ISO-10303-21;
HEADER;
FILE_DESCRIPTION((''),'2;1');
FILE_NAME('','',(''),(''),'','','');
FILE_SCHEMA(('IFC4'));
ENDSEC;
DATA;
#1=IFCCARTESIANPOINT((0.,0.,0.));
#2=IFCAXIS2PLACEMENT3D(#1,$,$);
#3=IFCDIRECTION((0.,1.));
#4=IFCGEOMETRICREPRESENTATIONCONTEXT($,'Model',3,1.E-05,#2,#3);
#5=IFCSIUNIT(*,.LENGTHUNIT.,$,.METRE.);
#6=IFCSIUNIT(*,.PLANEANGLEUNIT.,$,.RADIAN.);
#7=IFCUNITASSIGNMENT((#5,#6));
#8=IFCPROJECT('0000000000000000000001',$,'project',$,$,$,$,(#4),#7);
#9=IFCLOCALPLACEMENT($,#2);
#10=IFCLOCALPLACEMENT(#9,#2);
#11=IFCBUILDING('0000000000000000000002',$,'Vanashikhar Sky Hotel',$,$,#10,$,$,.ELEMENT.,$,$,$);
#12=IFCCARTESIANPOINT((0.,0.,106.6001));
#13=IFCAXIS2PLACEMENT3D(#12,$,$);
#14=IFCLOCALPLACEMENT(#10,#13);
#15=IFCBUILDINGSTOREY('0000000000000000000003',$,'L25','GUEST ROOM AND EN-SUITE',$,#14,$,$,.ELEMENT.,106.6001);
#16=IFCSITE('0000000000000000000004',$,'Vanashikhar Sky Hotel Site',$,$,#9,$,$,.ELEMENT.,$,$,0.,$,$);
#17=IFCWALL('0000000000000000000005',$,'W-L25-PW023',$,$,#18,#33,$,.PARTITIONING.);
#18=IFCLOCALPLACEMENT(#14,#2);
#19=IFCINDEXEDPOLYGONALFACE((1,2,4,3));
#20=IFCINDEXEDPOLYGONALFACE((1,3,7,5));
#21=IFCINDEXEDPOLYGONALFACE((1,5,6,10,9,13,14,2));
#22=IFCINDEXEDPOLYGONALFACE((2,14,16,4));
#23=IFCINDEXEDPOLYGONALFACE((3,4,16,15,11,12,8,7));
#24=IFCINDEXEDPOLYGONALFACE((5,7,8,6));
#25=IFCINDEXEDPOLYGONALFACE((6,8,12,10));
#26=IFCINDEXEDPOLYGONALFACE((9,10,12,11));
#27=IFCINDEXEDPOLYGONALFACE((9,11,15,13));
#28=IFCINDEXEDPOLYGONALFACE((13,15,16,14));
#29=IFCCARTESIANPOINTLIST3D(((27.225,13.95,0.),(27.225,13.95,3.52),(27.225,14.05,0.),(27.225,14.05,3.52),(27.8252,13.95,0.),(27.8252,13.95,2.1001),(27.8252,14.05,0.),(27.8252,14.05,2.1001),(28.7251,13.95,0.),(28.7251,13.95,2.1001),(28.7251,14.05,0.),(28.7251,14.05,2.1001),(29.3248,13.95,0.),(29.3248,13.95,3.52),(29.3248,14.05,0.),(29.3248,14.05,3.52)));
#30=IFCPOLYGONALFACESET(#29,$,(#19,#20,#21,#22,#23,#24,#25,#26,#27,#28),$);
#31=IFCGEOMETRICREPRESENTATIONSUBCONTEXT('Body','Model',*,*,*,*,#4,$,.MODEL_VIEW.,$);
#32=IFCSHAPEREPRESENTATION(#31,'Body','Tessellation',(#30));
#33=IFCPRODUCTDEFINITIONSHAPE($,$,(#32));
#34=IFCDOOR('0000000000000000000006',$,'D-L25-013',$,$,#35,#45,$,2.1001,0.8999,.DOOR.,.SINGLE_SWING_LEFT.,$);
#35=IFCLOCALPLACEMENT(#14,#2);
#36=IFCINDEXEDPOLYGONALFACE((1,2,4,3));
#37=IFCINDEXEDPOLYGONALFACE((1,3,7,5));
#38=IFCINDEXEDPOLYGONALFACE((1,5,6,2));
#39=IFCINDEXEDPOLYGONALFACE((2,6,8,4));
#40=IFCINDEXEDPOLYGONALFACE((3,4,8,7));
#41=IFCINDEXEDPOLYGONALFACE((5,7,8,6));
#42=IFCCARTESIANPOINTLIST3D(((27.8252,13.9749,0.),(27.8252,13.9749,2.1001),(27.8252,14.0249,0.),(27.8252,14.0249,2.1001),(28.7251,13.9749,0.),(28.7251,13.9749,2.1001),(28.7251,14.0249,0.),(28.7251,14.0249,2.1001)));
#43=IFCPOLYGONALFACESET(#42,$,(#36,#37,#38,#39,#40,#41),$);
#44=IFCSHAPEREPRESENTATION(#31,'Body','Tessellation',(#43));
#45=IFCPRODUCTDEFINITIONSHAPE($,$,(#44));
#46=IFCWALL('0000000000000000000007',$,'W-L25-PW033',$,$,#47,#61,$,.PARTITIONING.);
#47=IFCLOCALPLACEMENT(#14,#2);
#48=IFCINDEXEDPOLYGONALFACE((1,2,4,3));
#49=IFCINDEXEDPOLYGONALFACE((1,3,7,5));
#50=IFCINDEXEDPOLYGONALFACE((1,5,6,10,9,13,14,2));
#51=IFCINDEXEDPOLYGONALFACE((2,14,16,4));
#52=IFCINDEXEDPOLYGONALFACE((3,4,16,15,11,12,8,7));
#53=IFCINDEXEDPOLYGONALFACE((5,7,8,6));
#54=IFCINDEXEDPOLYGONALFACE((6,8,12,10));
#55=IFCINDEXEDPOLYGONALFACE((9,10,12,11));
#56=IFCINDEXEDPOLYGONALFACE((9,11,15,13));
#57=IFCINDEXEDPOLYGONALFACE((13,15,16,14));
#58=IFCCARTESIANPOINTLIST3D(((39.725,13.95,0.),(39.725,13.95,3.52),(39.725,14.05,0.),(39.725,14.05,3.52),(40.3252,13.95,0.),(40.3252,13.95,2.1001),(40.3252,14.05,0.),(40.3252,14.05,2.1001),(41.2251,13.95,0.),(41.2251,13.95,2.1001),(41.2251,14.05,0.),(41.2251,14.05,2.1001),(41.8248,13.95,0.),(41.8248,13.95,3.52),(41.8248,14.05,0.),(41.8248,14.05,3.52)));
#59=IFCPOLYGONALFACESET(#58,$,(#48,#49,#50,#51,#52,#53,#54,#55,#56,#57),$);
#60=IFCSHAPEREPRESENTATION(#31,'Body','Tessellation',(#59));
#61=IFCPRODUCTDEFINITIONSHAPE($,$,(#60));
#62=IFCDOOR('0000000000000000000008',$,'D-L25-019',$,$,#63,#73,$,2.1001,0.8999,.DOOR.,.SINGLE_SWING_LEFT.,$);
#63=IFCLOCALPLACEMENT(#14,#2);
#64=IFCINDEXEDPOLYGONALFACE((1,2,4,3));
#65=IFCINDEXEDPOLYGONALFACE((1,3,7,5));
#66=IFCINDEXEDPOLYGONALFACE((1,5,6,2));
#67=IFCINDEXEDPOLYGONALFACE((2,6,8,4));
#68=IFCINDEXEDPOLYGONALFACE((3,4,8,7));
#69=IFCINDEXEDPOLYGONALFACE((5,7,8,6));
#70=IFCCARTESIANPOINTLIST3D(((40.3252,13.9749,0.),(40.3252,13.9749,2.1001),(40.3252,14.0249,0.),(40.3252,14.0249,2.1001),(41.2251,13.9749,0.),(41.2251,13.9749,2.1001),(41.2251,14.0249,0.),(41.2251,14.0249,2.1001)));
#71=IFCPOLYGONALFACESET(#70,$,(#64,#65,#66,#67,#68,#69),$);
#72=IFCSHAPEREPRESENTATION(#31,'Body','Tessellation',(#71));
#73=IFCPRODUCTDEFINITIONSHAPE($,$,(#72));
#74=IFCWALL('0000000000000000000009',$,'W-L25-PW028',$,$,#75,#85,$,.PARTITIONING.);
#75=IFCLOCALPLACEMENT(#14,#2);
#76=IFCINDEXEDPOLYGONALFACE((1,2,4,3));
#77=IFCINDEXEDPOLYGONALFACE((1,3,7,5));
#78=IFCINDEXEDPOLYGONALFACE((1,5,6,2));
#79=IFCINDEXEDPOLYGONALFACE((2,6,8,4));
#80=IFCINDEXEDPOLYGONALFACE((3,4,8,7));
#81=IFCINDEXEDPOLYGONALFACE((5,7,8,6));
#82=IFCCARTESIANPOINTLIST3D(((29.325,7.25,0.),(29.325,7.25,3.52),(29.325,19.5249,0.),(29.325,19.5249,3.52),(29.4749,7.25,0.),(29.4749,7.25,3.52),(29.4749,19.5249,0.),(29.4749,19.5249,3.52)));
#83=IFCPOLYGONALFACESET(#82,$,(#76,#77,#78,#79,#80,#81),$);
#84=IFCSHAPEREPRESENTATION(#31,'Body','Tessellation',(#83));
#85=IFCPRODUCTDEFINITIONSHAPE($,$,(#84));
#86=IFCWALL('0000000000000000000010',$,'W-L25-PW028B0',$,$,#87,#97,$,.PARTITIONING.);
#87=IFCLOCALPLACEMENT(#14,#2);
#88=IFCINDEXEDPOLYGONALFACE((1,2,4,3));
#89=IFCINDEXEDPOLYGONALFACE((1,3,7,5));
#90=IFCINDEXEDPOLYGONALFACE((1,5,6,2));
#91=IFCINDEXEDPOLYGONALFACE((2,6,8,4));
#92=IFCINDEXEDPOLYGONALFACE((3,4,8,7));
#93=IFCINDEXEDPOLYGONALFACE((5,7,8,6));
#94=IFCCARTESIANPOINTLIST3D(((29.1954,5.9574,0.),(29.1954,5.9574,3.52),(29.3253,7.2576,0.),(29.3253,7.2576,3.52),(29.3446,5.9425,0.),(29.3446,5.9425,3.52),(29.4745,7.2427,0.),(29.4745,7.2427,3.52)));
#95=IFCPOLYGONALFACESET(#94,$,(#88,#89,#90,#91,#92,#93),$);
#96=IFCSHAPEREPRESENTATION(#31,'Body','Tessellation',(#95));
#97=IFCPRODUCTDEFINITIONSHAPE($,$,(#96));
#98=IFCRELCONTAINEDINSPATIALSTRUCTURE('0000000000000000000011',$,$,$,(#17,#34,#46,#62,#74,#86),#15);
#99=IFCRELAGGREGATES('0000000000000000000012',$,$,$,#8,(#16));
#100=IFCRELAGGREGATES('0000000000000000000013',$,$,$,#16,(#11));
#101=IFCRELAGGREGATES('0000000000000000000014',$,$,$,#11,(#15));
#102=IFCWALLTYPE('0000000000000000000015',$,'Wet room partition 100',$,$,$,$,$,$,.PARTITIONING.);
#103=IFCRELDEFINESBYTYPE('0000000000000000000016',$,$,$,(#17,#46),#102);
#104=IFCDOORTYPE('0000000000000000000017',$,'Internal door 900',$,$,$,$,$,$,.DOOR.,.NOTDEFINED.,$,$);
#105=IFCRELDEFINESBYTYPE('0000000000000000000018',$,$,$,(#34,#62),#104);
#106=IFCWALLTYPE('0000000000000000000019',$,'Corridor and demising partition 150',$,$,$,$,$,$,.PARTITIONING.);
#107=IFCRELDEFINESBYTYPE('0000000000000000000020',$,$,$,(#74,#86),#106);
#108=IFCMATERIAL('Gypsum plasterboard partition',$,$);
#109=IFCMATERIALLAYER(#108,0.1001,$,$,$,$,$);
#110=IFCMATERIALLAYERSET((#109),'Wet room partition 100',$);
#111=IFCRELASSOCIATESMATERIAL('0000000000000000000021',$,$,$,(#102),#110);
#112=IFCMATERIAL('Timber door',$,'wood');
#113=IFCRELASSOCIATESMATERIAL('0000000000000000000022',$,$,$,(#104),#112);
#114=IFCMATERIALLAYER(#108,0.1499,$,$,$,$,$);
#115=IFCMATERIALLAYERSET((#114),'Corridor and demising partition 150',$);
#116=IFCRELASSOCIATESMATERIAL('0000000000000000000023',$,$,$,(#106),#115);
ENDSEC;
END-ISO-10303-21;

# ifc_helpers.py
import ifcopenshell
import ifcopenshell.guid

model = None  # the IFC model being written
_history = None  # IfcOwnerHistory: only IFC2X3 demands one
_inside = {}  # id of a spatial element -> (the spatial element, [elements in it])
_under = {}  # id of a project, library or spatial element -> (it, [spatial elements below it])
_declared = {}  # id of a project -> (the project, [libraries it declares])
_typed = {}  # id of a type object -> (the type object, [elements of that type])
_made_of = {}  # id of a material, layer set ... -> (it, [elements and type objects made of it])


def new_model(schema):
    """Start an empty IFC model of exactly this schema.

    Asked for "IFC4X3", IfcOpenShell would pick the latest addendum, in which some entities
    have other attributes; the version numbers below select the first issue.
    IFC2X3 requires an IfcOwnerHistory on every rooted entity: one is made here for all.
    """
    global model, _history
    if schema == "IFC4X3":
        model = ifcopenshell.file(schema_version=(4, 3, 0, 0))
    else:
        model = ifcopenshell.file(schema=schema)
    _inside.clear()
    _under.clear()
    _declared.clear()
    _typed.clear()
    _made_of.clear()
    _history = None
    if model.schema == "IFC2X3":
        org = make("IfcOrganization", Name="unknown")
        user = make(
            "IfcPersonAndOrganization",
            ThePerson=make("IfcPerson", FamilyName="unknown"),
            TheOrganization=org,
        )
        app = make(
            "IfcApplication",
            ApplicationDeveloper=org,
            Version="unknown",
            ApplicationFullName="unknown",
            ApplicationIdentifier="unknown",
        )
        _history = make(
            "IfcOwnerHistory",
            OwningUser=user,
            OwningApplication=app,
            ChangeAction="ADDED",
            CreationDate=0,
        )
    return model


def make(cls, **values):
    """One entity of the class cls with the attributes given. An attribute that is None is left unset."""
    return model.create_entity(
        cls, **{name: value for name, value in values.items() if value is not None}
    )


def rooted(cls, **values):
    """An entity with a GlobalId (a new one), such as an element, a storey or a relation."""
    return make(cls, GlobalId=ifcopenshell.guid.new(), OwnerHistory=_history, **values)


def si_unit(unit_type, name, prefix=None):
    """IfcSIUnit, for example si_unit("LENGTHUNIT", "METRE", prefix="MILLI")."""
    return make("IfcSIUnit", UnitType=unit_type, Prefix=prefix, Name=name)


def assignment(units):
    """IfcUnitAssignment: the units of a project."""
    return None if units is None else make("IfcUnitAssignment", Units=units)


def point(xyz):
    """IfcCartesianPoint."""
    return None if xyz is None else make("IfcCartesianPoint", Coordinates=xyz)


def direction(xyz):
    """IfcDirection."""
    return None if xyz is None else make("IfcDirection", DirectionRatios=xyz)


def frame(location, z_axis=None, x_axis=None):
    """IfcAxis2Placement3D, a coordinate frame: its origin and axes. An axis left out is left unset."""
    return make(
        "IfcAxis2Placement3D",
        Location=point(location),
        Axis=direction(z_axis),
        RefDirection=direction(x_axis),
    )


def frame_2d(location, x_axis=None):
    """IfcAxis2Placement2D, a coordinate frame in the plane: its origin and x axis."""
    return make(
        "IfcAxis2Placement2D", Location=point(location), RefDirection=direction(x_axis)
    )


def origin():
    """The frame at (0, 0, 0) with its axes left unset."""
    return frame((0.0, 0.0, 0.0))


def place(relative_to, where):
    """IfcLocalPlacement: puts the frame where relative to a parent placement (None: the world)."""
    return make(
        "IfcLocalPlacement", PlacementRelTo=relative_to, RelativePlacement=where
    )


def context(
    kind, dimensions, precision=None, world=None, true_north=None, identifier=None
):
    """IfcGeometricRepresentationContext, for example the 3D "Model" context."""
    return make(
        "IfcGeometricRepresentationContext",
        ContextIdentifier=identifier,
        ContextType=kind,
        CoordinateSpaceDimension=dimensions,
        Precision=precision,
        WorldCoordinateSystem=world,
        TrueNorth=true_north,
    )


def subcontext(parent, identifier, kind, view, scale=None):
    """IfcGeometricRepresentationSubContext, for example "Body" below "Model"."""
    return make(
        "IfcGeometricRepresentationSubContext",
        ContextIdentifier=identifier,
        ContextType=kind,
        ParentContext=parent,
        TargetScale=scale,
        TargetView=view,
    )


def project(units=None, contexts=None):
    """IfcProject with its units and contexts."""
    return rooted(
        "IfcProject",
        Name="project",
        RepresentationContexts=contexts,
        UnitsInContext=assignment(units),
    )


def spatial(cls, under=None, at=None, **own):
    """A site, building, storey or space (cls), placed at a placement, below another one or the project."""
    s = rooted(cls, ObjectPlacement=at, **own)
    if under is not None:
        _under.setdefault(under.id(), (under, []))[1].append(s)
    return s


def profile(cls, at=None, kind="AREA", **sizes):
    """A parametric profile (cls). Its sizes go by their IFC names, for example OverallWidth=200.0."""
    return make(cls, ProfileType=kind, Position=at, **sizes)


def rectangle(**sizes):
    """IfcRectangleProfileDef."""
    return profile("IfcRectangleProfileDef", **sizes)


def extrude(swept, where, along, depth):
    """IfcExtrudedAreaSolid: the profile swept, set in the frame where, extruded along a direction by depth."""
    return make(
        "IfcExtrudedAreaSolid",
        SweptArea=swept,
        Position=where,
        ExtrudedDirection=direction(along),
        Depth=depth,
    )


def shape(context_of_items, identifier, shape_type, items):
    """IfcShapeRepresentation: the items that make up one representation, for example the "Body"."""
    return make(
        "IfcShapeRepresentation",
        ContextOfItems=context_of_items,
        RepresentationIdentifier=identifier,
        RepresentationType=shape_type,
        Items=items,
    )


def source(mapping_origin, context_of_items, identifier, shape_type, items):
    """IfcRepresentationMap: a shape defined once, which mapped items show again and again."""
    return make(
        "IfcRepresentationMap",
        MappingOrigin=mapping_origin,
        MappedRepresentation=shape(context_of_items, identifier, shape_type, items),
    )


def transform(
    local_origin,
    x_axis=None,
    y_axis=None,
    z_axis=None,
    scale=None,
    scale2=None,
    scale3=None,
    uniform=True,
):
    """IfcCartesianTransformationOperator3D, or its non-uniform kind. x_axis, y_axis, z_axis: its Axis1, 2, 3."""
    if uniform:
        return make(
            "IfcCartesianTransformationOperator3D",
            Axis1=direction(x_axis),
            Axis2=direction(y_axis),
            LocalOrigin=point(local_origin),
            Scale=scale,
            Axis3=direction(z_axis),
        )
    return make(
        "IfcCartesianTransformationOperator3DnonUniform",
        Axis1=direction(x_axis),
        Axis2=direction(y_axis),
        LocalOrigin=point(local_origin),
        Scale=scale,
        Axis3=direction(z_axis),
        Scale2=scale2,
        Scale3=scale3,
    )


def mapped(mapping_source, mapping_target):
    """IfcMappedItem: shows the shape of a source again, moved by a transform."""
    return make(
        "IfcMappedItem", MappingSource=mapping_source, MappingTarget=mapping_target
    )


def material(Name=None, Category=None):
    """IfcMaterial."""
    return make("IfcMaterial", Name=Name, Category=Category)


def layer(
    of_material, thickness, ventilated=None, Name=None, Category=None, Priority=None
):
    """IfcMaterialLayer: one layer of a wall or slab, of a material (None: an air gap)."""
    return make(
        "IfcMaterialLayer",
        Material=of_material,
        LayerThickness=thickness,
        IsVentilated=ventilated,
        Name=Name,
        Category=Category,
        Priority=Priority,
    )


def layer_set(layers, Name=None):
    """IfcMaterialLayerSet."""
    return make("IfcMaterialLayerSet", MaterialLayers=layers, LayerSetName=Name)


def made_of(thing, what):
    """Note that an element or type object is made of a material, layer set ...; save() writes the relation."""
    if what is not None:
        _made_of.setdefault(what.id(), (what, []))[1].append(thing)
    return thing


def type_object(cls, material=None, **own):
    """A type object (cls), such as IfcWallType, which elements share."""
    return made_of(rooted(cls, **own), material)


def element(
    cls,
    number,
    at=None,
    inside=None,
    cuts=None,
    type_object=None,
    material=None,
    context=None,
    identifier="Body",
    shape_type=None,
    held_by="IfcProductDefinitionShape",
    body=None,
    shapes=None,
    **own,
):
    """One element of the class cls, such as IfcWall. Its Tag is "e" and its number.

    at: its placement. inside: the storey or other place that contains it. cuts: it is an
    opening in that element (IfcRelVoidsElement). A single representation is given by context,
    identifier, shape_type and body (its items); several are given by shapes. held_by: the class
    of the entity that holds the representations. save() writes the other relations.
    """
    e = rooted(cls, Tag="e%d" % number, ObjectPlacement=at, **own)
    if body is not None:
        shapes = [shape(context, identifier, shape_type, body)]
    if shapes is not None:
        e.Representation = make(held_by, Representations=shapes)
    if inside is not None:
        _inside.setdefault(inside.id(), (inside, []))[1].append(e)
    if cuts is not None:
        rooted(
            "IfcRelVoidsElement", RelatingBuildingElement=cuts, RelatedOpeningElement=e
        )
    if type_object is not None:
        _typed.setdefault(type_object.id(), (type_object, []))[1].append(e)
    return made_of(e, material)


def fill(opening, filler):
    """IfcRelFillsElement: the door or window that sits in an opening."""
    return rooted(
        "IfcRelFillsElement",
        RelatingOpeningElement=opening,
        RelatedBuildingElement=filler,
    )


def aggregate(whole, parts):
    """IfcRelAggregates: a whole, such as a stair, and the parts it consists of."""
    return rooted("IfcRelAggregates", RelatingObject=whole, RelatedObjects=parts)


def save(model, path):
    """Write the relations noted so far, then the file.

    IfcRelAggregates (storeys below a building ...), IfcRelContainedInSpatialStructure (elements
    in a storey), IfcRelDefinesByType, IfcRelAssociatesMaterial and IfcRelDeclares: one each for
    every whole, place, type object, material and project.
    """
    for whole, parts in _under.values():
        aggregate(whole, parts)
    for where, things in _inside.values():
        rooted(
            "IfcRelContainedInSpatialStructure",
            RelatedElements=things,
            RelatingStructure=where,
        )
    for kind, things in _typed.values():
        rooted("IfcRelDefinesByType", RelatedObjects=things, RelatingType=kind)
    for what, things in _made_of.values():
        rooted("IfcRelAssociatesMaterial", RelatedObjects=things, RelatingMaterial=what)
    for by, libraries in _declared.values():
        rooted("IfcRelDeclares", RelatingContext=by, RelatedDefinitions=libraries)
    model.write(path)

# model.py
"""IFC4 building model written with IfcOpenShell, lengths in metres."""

from ifc_helpers import new_model, si_unit, direction, frame, frame_2d, origin, place, context, subcontext, project, spatial, rectangle, extrude, source, transform, mapped, material, layer, layer_set, type_object, element, fill, save


model = new_model("IFC4")

# Units and contexts
model_context = context("Model", 3, precision=1e-05, world=origin(), true_north=direction((0.0, 1.0)))
body_context = subcontext(model_context, "Body", "Model", "MODEL_VIEW")
ifc_project = project(units=[si_unit("LENGTHUNIT", "METRE"), si_unit("PLANEANGLEUNIT", "RADIAN")], contexts=[model_context])

# Site, building, storey
site_placement = place(None, origin())
site = spatial("IfcSite", under=ifc_project, at=site_placement, Name="Vanashikhar Sky Hotel Site", CompositionType="ELEMENT", RefElevation=0.0)
building_placement = place(site_placement, origin())
building = spatial("IfcBuilding", under=site, at=building_placement, Name="Vanashikhar Sky Hotel", CompositionType="ELEMENT")
storey_placement = place(building_placement, frame((0.0, 0.0, 106.6001)))
storey = spatial("IfcBuildingStorey", under=building, at=storey_placement, Name="L25", Description="GUEST ROOM AND EN-SUITE", CompositionType="ELEMENT", Elevation=106.6001)

# Shared definitions
ifc_material_1 = material(Name="Gypsum plasterboard partition")
ifc_layer_1 = layer(ifc_material_1, 0.1001)
ifc_layer_set_1 = layer_set([ifc_layer_1], Name="Wet room partition 100")
wall_type_1 = type_object("IfcWallType", Name="Wet room partition 100", PredefinedType="PARTITIONING", material=ifc_layer_set_1)

# Walls, openings, doors
shared_shape_1 = source(origin(), body_context, "Body", "SweptSolid", [
    extrude(rectangle(XDim=0.8999, YDim=2.1001, at=frame_2d((0.45, 1.05))), frame((0.0, 0.0601, 0.0), z_axis=(0.0, -1.0, 0.0), x_axis=(1.0, 0.0, 0.0)), (0.0, 0.0, 1.0), 0.1201),
])
ifc_material_2 = material(Name="Timber door", Category="wood")
door_type = type_object("IfcDoorType", Name="Internal door 900", OperationType="NOTDEFINED", PredefinedType="DOOR", material=ifc_material_2)
shared_shape_2 = source(origin(), body_context, "Body", "SweptSolid", [
    extrude(rectangle(XDim=0.8999, YDim=2.1001, at=frame_2d((0.45, 1.05))), frame((0.0, 0.0249, 0.0), z_axis=(0.0, -1.0, 0.0), x_axis=(1.0, 0.0, 0.0)), (0.0, 0.0, 1.0), 0.05),
])
shared_shape_3 = source(origin(), body_context, "Body", "SweptSolid", [
    extrude(rectangle(XDim=2.0999, YDim=0.1001, at=frame_2d((1.0498, 0.0))), origin(), (0.0, 0.0, 1.0), 3.52),
])
wall_1_placement = place(storey_placement, frame((27.2251, 14.0, 0.0), z_axis=(0.0, 0.0, 1.0), x_axis=(1.0, 0.0, 0.0)))
wall_1 = element("IfcWall", 1, at=wall_1_placement, inside=storey, type_object=wall_type_1, Name="W-L25-PW023", PredefinedType="PARTITIONING", context=body_context, shape_type="MappedRepresentation", body=[
    mapped(shared_shape_3, transform((0.0, 0.0, 0.0), scale=1.0)),
])
opening_1_placement = place(wall_1_placement, frame((0.6001, 0.0, 0.0)))
opening_1 = element("IfcOpeningElement", 2, at=opening_1_placement, cuts=wall_1, PredefinedType="OPENING", context=body_context, shape_type="MappedRepresentation", body=[
    mapped(shared_shape_1, transform((0.0, 0.0, 0.0), scale=1.0)),
])
door_1_placement = place(opening_1_placement, origin())
door_1 = element("IfcDoor", 3, at=door_1_placement, inside=storey, type_object=door_type, Name="D-L25-013", OperationType="SINGLE_SWING_LEFT", OverallHeight=2.1001, OverallWidth=0.8999, PredefinedType="DOOR", context=body_context, shape_type="MappedRepresentation", body=[
    mapped(shared_shape_2, transform((0.0, 0.0, 0.0), scale=1.0)),
])
fill(opening_1, door_1)
wall_2_placement = place(storey_placement, frame((39.7251, 14.0, 0.0), z_axis=(0.0, 0.0, 1.0), x_axis=(1.0, 0.0, 0.0)))
wall_2 = element("IfcWall", 4, at=wall_2_placement, inside=storey, type_object=wall_type_1, Name="W-L25-PW033", PredefinedType="PARTITIONING", context=body_context, shape_type="MappedRepresentation", body=[
    mapped(shared_shape_3, transform((0.0, 0.0, 0.0), scale=1.0)),
])
opening_2_placement = place(wall_2_placement, frame((0.6001, 0.0, 0.0)))
opening_2 = element("IfcOpeningElement", 5, at=opening_2_placement, cuts=wall_2, PredefinedType="OPENING", context=body_context, shape_type="MappedRepresentation", body=[
    mapped(shared_shape_1, transform((0.0, 0.0, 0.0), scale=1.0)),
])
door_2_placement = place(opening_2_placement, origin())
door_2 = element("IfcDoor", 6, at=door_2_placement, inside=storey, type_object=door_type, Name="D-L25-019", OperationType="SINGLE_SWING_LEFT", OverallHeight=2.1001, OverallWidth=0.8999, PredefinedType="DOOR", context=body_context, shape_type="MappedRepresentation", body=[
    mapped(shared_shape_2, transform((0.0, 0.0, 0.0), scale=1.0)),
])
fill(opening_2, door_2)

# Walls
ifc_layer_2 = layer(ifc_material_1, 0.1499)
ifc_layer_set_2 = layer_set([ifc_layer_2], Name="Corridor and demising partition 150")
wall_type_2 = type_object("IfcWallType", Name="Corridor and demising partition 150", PredefinedType="PARTITIONING", material=ifc_layer_set_2)
shared_shape_4 = source(origin(), body_context, "Body", "SweptSolid", [
    extrude(rectangle(XDim=12.2749, YDim=0.1499, at=frame_2d((6.1375, 0.0))), origin(), (0.0, 0.0, 1.0), 3.52),
])
wall_3_placement = place(storey_placement, frame((29.3999, 7.25, 0.0), z_axis=(0.0, 0.0, 1.0), x_axis=(0.0, 1.0, 0.0)))
element("IfcWall", 7, at=wall_3_placement, inside=storey, type_object=wall_type_2, Name="W-L25-PW028", PredefinedType="PARTITIONING", context=body_context, shape_type="MappedRepresentation", body=[
    mapped(shared_shape_4, transform((0.0, 0.0, 0.0), scale=1.0)),
])
shared_shape_5 = source(origin(), body_context, "Body", "SweptSolid", [
    extrude(rectangle(XDim=1.3066, YDim=0.1499, at=frame_2d((0.6533, 0.0))), origin(), (0.0, 0.0, 1.0), 3.52),
])
wall_4_placement = place(storey_placement, frame((29.27, 5.95, 0.0), z_axis=(0.0, 0.0, 1.0), x_axis=(0.099411, 0.995046, 0.0)))
element("IfcWall", 8, at=wall_4_placement, inside=storey, type_object=wall_type_2, Name="W-L25-PW028B0", PredefinedType="PARTITIONING", context=body_context, shape_type="MappedRepresentation", body=[
    mapped(shared_shape_5, transform((0.0, 0.0, 0.0), scale=1.0)),
])

save(model, "model.ifc")
